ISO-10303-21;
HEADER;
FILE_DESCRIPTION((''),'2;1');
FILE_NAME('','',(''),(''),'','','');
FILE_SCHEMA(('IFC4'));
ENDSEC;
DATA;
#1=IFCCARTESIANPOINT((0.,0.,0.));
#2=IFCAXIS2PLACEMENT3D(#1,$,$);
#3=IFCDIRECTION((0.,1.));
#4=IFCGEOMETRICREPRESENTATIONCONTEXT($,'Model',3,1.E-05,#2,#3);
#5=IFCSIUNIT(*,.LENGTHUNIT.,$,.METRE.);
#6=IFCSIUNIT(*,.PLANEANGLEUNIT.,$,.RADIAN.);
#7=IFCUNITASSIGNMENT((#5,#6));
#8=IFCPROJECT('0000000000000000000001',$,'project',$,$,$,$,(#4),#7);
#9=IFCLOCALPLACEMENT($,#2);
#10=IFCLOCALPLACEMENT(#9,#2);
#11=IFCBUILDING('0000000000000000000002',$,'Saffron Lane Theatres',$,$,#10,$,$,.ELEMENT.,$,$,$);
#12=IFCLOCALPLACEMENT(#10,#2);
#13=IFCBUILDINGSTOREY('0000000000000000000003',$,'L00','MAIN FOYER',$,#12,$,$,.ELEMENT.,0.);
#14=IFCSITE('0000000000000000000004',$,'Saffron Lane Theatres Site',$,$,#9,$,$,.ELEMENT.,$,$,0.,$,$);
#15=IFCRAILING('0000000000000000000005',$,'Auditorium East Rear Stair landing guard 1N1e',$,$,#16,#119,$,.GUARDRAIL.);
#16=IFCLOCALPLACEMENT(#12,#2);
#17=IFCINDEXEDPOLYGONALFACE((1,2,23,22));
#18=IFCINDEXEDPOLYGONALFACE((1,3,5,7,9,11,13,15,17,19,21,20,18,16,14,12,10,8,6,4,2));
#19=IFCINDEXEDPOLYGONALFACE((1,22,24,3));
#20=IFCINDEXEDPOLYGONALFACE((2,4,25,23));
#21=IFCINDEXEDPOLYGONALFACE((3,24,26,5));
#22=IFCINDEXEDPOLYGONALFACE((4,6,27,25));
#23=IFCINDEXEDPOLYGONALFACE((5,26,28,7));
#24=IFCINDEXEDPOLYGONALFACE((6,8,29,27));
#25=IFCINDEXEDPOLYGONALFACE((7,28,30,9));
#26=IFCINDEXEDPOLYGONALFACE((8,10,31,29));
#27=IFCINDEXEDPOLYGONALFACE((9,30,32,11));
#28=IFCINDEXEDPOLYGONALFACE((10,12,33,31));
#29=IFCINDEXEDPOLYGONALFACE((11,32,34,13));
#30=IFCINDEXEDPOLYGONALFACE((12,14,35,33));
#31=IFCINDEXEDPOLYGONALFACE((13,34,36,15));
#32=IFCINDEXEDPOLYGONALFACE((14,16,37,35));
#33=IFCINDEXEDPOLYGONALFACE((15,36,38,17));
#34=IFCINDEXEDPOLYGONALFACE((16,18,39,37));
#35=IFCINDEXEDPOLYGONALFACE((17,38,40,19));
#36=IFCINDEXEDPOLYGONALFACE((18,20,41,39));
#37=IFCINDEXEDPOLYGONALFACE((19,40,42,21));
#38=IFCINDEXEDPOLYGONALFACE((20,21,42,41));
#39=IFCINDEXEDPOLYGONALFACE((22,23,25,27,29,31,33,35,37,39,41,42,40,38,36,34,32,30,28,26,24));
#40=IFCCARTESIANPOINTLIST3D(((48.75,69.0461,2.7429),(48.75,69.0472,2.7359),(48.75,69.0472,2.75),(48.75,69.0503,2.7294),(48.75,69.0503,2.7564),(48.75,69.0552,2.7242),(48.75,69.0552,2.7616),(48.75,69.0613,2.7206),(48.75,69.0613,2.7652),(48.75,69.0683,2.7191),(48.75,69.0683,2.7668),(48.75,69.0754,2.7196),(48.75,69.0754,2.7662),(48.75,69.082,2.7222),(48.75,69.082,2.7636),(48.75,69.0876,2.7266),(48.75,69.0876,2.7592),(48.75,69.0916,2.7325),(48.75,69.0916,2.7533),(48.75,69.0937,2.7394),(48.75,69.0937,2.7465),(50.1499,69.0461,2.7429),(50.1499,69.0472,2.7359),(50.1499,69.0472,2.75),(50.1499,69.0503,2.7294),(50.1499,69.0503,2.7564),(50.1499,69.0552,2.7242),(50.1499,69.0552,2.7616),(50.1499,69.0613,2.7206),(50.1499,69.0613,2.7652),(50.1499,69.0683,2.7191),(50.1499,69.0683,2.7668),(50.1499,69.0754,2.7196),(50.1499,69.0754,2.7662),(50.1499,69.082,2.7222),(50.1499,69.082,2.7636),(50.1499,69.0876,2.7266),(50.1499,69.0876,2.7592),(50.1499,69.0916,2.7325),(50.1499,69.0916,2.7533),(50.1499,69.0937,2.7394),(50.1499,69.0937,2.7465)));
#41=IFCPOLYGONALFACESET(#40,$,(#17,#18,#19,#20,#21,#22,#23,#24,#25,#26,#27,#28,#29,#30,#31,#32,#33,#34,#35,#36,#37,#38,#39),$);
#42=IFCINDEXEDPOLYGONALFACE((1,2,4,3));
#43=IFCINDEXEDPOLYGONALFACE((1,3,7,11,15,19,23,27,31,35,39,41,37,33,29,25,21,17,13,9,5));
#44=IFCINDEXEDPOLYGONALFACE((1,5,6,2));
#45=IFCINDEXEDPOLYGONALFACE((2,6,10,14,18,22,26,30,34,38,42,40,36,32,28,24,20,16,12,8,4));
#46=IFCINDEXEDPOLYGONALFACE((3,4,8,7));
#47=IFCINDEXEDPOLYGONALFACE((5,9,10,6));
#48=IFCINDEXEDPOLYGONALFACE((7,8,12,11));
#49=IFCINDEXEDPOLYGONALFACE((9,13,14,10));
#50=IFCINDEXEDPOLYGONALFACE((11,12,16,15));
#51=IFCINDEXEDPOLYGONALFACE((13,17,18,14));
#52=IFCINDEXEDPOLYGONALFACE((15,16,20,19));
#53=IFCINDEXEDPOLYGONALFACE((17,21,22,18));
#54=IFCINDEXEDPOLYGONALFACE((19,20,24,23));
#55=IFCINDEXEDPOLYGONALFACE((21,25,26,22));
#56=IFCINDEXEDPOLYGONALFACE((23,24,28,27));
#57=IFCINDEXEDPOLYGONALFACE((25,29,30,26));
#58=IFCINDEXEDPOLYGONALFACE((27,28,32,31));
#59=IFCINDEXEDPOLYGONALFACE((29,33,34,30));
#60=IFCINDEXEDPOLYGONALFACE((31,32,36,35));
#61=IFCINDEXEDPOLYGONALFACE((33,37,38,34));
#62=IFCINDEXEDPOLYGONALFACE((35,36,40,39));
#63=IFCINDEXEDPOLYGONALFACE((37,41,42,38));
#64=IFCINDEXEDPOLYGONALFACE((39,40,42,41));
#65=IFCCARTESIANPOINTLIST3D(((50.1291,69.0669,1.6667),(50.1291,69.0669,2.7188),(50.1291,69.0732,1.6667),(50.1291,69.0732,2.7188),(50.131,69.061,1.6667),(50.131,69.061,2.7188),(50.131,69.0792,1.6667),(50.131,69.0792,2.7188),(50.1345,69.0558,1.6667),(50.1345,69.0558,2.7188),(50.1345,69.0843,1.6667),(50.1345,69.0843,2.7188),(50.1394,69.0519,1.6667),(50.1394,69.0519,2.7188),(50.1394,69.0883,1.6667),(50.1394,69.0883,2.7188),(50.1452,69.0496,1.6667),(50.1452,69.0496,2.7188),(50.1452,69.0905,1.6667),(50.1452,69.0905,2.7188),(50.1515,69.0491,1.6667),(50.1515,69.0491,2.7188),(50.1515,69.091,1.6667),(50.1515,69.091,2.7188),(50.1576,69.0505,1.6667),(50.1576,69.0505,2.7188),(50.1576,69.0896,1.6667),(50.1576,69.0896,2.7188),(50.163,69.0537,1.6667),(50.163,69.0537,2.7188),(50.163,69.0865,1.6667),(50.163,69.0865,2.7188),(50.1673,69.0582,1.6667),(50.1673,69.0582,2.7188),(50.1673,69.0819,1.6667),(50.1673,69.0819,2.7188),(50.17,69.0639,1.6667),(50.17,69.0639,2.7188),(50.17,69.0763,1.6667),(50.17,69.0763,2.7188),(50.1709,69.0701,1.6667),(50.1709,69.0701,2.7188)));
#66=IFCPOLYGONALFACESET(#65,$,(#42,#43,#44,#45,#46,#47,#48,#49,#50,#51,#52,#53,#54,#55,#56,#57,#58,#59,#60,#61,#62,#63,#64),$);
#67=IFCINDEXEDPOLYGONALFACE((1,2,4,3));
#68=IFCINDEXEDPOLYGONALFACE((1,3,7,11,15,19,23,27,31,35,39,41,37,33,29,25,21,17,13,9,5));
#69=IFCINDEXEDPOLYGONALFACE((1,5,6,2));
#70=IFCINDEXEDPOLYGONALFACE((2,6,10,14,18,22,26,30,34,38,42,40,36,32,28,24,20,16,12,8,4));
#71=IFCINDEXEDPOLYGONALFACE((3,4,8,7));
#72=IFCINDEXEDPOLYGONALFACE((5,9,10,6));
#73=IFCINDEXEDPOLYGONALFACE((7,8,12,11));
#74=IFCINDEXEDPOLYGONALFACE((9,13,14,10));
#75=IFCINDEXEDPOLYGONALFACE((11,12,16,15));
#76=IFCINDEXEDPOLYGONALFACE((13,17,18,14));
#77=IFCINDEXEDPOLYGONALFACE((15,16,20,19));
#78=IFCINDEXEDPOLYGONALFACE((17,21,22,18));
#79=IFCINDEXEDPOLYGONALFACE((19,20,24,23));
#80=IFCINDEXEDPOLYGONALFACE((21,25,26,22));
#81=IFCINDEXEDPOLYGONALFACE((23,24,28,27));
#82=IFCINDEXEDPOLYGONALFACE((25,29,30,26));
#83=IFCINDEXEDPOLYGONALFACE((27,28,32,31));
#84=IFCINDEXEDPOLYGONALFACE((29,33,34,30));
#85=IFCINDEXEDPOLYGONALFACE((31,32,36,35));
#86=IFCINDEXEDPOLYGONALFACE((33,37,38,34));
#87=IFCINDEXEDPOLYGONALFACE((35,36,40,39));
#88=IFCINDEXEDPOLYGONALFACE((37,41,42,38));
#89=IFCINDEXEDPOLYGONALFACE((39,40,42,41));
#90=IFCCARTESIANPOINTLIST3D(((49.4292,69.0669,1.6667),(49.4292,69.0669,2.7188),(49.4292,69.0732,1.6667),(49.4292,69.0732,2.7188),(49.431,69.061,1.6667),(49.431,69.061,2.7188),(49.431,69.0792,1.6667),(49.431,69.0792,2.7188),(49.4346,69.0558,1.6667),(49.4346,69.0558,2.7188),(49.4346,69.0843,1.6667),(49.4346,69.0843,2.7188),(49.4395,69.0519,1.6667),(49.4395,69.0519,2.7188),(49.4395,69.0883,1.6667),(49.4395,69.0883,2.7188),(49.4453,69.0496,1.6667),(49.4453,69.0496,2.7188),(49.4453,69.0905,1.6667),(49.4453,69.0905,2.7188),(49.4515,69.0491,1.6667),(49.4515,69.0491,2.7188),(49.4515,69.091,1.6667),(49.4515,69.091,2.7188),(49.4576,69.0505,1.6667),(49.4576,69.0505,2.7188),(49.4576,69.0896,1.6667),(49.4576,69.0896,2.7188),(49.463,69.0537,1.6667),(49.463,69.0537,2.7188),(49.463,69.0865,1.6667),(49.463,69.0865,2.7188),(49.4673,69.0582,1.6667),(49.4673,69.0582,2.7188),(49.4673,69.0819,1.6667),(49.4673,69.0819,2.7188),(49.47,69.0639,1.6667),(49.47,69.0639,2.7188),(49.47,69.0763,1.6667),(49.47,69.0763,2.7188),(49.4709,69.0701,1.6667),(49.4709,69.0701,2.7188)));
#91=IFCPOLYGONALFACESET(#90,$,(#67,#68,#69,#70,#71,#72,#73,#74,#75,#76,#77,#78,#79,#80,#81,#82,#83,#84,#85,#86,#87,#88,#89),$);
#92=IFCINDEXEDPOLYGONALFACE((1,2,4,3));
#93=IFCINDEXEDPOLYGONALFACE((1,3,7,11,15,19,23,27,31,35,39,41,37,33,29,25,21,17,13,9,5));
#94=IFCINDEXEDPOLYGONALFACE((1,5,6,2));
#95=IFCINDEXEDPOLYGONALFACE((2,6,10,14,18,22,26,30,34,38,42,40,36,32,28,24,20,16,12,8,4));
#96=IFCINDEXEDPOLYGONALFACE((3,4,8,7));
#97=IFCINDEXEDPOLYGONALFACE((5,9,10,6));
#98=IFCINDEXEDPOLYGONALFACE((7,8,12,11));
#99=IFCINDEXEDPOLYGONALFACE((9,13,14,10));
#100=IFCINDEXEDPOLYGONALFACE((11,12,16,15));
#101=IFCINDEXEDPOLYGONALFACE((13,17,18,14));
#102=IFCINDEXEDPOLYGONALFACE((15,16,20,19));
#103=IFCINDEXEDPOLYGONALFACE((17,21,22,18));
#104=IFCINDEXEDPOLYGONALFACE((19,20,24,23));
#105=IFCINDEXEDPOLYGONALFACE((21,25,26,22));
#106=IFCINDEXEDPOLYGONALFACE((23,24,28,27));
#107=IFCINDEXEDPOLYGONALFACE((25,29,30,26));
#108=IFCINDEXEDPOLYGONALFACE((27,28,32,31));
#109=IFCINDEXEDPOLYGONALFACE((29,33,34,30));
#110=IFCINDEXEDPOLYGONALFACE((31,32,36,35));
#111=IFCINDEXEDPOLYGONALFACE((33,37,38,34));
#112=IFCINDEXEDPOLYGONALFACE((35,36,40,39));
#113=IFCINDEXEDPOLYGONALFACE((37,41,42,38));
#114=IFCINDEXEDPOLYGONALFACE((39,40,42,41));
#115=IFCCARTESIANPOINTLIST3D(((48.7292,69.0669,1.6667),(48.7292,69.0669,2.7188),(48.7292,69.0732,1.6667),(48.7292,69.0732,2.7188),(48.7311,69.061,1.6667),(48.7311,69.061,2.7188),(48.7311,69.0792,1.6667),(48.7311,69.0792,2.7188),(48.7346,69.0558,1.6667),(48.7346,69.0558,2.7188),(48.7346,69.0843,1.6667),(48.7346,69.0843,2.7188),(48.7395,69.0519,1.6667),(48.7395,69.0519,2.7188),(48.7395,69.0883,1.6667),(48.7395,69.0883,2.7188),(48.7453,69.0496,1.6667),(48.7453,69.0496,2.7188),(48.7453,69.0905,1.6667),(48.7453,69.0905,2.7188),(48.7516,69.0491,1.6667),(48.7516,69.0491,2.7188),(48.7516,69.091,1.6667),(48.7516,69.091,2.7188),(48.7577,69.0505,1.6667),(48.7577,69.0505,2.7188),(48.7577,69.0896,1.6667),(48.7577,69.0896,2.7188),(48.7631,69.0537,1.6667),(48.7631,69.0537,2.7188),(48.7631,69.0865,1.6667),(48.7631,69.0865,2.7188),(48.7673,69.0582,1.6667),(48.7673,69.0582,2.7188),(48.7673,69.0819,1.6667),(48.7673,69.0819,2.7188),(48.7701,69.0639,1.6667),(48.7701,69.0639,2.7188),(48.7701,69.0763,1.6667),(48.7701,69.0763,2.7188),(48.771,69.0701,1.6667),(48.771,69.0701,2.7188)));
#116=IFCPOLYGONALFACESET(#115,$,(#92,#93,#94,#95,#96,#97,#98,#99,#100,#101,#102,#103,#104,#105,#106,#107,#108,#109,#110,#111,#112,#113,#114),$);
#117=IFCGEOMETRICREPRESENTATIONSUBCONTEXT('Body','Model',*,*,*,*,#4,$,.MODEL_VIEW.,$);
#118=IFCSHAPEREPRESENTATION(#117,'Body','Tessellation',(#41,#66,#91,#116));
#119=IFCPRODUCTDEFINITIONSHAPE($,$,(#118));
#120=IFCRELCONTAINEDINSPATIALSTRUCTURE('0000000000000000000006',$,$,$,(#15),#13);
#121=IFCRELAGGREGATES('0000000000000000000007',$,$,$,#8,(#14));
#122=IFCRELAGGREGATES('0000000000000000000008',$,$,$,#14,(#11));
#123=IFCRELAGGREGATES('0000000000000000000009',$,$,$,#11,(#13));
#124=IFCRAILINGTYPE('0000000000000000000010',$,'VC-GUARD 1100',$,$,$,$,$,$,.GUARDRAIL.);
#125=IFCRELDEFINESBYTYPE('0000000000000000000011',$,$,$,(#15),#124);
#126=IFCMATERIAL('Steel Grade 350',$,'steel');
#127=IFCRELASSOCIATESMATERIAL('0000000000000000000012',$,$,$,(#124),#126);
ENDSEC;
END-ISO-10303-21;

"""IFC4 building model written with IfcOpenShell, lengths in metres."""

from ifc_helpers import new_model, si_unit, direction, frame, origin, origin_2d, place, context, subcontext, project, spatial, circle, extrude, material, type_object, element, save


model = new_model("IFC4")

# Units and contexts
model_context = context("Model", 3, precision=1e-05, world=origin(), true_north=direction((0.0, 1.0)))
body_context = subcontext(model_context, "Body", "Model", "MODEL_VIEW")
ifc_project = project(units=[si_unit("LENGTHUNIT", "METRE"), si_unit("PLANEANGLEUNIT", "RADIAN")], contexts=[model_context])

# Site, building, storey
site_placement = place(None, origin())
site = spatial("IfcSite", under=ifc_project, at=site_placement, Name="Saffron Lane Theatres Site", CompositionType="ELEMENT", RefElevation=0.0)
building_placement = place(site_placement, origin())
building = spatial("IfcBuilding", under=site, at=building_placement, Name="Saffron Lane Theatres", CompositionType="ELEMENT")
storey_placement = place(building_placement, origin())
storey = spatial("IfcBuildingStorey", under=building, at=storey_placement, Name="L00", Description="MAIN FOYER", CompositionType="ELEMENT", Elevation=0.0)

# Railing
ifc_material_1 = material(Name="Steel Grade 350", Category="steel")
railing_type_1 = type_object("IfcRailingType", Name="VC-GUARD 1100", PredefinedType="GUARDRAIL", material=ifc_material_1)
railing_1_placement = place(storey_placement, frame((50.1499, 69.0701, 1.6667)))
element("IfcRailing", 1, at=railing_1_placement, inside=storey, type_object=railing_type_1, Name="Auditorium East Rear Stair landing guard 1N1e", PredefinedType="GUARDRAIL", context=body_context, shape_type="SweptSolid", body=[
    extrude(circle(Radius=0.0239, at=origin_2d()), frame((0.0, 0.0, 1.0762), z_axis=(-1.0, 0.0, 0.0), x_axis=(0.0, -1.0, 0.0)), (0.0, 0.0, 1.0), 1.3999),
    extrude(circle(Radius=0.021, at=origin_2d()), origin(), (0.0, 0.0, 1.0), 1.052),
    extrude(circle(Radius=0.021, at=origin_2d()), frame((-0.7, 0.0, 0.0)), (0.0, 0.0, 1.0), 1.052),
    extrude(circle(Radius=0.021, at=origin_2d()), frame((-1.3999, 0.0, 0.0)), (0.0, 0.0, 1.0), 1.052),
])

save(model, "model.ifc")
